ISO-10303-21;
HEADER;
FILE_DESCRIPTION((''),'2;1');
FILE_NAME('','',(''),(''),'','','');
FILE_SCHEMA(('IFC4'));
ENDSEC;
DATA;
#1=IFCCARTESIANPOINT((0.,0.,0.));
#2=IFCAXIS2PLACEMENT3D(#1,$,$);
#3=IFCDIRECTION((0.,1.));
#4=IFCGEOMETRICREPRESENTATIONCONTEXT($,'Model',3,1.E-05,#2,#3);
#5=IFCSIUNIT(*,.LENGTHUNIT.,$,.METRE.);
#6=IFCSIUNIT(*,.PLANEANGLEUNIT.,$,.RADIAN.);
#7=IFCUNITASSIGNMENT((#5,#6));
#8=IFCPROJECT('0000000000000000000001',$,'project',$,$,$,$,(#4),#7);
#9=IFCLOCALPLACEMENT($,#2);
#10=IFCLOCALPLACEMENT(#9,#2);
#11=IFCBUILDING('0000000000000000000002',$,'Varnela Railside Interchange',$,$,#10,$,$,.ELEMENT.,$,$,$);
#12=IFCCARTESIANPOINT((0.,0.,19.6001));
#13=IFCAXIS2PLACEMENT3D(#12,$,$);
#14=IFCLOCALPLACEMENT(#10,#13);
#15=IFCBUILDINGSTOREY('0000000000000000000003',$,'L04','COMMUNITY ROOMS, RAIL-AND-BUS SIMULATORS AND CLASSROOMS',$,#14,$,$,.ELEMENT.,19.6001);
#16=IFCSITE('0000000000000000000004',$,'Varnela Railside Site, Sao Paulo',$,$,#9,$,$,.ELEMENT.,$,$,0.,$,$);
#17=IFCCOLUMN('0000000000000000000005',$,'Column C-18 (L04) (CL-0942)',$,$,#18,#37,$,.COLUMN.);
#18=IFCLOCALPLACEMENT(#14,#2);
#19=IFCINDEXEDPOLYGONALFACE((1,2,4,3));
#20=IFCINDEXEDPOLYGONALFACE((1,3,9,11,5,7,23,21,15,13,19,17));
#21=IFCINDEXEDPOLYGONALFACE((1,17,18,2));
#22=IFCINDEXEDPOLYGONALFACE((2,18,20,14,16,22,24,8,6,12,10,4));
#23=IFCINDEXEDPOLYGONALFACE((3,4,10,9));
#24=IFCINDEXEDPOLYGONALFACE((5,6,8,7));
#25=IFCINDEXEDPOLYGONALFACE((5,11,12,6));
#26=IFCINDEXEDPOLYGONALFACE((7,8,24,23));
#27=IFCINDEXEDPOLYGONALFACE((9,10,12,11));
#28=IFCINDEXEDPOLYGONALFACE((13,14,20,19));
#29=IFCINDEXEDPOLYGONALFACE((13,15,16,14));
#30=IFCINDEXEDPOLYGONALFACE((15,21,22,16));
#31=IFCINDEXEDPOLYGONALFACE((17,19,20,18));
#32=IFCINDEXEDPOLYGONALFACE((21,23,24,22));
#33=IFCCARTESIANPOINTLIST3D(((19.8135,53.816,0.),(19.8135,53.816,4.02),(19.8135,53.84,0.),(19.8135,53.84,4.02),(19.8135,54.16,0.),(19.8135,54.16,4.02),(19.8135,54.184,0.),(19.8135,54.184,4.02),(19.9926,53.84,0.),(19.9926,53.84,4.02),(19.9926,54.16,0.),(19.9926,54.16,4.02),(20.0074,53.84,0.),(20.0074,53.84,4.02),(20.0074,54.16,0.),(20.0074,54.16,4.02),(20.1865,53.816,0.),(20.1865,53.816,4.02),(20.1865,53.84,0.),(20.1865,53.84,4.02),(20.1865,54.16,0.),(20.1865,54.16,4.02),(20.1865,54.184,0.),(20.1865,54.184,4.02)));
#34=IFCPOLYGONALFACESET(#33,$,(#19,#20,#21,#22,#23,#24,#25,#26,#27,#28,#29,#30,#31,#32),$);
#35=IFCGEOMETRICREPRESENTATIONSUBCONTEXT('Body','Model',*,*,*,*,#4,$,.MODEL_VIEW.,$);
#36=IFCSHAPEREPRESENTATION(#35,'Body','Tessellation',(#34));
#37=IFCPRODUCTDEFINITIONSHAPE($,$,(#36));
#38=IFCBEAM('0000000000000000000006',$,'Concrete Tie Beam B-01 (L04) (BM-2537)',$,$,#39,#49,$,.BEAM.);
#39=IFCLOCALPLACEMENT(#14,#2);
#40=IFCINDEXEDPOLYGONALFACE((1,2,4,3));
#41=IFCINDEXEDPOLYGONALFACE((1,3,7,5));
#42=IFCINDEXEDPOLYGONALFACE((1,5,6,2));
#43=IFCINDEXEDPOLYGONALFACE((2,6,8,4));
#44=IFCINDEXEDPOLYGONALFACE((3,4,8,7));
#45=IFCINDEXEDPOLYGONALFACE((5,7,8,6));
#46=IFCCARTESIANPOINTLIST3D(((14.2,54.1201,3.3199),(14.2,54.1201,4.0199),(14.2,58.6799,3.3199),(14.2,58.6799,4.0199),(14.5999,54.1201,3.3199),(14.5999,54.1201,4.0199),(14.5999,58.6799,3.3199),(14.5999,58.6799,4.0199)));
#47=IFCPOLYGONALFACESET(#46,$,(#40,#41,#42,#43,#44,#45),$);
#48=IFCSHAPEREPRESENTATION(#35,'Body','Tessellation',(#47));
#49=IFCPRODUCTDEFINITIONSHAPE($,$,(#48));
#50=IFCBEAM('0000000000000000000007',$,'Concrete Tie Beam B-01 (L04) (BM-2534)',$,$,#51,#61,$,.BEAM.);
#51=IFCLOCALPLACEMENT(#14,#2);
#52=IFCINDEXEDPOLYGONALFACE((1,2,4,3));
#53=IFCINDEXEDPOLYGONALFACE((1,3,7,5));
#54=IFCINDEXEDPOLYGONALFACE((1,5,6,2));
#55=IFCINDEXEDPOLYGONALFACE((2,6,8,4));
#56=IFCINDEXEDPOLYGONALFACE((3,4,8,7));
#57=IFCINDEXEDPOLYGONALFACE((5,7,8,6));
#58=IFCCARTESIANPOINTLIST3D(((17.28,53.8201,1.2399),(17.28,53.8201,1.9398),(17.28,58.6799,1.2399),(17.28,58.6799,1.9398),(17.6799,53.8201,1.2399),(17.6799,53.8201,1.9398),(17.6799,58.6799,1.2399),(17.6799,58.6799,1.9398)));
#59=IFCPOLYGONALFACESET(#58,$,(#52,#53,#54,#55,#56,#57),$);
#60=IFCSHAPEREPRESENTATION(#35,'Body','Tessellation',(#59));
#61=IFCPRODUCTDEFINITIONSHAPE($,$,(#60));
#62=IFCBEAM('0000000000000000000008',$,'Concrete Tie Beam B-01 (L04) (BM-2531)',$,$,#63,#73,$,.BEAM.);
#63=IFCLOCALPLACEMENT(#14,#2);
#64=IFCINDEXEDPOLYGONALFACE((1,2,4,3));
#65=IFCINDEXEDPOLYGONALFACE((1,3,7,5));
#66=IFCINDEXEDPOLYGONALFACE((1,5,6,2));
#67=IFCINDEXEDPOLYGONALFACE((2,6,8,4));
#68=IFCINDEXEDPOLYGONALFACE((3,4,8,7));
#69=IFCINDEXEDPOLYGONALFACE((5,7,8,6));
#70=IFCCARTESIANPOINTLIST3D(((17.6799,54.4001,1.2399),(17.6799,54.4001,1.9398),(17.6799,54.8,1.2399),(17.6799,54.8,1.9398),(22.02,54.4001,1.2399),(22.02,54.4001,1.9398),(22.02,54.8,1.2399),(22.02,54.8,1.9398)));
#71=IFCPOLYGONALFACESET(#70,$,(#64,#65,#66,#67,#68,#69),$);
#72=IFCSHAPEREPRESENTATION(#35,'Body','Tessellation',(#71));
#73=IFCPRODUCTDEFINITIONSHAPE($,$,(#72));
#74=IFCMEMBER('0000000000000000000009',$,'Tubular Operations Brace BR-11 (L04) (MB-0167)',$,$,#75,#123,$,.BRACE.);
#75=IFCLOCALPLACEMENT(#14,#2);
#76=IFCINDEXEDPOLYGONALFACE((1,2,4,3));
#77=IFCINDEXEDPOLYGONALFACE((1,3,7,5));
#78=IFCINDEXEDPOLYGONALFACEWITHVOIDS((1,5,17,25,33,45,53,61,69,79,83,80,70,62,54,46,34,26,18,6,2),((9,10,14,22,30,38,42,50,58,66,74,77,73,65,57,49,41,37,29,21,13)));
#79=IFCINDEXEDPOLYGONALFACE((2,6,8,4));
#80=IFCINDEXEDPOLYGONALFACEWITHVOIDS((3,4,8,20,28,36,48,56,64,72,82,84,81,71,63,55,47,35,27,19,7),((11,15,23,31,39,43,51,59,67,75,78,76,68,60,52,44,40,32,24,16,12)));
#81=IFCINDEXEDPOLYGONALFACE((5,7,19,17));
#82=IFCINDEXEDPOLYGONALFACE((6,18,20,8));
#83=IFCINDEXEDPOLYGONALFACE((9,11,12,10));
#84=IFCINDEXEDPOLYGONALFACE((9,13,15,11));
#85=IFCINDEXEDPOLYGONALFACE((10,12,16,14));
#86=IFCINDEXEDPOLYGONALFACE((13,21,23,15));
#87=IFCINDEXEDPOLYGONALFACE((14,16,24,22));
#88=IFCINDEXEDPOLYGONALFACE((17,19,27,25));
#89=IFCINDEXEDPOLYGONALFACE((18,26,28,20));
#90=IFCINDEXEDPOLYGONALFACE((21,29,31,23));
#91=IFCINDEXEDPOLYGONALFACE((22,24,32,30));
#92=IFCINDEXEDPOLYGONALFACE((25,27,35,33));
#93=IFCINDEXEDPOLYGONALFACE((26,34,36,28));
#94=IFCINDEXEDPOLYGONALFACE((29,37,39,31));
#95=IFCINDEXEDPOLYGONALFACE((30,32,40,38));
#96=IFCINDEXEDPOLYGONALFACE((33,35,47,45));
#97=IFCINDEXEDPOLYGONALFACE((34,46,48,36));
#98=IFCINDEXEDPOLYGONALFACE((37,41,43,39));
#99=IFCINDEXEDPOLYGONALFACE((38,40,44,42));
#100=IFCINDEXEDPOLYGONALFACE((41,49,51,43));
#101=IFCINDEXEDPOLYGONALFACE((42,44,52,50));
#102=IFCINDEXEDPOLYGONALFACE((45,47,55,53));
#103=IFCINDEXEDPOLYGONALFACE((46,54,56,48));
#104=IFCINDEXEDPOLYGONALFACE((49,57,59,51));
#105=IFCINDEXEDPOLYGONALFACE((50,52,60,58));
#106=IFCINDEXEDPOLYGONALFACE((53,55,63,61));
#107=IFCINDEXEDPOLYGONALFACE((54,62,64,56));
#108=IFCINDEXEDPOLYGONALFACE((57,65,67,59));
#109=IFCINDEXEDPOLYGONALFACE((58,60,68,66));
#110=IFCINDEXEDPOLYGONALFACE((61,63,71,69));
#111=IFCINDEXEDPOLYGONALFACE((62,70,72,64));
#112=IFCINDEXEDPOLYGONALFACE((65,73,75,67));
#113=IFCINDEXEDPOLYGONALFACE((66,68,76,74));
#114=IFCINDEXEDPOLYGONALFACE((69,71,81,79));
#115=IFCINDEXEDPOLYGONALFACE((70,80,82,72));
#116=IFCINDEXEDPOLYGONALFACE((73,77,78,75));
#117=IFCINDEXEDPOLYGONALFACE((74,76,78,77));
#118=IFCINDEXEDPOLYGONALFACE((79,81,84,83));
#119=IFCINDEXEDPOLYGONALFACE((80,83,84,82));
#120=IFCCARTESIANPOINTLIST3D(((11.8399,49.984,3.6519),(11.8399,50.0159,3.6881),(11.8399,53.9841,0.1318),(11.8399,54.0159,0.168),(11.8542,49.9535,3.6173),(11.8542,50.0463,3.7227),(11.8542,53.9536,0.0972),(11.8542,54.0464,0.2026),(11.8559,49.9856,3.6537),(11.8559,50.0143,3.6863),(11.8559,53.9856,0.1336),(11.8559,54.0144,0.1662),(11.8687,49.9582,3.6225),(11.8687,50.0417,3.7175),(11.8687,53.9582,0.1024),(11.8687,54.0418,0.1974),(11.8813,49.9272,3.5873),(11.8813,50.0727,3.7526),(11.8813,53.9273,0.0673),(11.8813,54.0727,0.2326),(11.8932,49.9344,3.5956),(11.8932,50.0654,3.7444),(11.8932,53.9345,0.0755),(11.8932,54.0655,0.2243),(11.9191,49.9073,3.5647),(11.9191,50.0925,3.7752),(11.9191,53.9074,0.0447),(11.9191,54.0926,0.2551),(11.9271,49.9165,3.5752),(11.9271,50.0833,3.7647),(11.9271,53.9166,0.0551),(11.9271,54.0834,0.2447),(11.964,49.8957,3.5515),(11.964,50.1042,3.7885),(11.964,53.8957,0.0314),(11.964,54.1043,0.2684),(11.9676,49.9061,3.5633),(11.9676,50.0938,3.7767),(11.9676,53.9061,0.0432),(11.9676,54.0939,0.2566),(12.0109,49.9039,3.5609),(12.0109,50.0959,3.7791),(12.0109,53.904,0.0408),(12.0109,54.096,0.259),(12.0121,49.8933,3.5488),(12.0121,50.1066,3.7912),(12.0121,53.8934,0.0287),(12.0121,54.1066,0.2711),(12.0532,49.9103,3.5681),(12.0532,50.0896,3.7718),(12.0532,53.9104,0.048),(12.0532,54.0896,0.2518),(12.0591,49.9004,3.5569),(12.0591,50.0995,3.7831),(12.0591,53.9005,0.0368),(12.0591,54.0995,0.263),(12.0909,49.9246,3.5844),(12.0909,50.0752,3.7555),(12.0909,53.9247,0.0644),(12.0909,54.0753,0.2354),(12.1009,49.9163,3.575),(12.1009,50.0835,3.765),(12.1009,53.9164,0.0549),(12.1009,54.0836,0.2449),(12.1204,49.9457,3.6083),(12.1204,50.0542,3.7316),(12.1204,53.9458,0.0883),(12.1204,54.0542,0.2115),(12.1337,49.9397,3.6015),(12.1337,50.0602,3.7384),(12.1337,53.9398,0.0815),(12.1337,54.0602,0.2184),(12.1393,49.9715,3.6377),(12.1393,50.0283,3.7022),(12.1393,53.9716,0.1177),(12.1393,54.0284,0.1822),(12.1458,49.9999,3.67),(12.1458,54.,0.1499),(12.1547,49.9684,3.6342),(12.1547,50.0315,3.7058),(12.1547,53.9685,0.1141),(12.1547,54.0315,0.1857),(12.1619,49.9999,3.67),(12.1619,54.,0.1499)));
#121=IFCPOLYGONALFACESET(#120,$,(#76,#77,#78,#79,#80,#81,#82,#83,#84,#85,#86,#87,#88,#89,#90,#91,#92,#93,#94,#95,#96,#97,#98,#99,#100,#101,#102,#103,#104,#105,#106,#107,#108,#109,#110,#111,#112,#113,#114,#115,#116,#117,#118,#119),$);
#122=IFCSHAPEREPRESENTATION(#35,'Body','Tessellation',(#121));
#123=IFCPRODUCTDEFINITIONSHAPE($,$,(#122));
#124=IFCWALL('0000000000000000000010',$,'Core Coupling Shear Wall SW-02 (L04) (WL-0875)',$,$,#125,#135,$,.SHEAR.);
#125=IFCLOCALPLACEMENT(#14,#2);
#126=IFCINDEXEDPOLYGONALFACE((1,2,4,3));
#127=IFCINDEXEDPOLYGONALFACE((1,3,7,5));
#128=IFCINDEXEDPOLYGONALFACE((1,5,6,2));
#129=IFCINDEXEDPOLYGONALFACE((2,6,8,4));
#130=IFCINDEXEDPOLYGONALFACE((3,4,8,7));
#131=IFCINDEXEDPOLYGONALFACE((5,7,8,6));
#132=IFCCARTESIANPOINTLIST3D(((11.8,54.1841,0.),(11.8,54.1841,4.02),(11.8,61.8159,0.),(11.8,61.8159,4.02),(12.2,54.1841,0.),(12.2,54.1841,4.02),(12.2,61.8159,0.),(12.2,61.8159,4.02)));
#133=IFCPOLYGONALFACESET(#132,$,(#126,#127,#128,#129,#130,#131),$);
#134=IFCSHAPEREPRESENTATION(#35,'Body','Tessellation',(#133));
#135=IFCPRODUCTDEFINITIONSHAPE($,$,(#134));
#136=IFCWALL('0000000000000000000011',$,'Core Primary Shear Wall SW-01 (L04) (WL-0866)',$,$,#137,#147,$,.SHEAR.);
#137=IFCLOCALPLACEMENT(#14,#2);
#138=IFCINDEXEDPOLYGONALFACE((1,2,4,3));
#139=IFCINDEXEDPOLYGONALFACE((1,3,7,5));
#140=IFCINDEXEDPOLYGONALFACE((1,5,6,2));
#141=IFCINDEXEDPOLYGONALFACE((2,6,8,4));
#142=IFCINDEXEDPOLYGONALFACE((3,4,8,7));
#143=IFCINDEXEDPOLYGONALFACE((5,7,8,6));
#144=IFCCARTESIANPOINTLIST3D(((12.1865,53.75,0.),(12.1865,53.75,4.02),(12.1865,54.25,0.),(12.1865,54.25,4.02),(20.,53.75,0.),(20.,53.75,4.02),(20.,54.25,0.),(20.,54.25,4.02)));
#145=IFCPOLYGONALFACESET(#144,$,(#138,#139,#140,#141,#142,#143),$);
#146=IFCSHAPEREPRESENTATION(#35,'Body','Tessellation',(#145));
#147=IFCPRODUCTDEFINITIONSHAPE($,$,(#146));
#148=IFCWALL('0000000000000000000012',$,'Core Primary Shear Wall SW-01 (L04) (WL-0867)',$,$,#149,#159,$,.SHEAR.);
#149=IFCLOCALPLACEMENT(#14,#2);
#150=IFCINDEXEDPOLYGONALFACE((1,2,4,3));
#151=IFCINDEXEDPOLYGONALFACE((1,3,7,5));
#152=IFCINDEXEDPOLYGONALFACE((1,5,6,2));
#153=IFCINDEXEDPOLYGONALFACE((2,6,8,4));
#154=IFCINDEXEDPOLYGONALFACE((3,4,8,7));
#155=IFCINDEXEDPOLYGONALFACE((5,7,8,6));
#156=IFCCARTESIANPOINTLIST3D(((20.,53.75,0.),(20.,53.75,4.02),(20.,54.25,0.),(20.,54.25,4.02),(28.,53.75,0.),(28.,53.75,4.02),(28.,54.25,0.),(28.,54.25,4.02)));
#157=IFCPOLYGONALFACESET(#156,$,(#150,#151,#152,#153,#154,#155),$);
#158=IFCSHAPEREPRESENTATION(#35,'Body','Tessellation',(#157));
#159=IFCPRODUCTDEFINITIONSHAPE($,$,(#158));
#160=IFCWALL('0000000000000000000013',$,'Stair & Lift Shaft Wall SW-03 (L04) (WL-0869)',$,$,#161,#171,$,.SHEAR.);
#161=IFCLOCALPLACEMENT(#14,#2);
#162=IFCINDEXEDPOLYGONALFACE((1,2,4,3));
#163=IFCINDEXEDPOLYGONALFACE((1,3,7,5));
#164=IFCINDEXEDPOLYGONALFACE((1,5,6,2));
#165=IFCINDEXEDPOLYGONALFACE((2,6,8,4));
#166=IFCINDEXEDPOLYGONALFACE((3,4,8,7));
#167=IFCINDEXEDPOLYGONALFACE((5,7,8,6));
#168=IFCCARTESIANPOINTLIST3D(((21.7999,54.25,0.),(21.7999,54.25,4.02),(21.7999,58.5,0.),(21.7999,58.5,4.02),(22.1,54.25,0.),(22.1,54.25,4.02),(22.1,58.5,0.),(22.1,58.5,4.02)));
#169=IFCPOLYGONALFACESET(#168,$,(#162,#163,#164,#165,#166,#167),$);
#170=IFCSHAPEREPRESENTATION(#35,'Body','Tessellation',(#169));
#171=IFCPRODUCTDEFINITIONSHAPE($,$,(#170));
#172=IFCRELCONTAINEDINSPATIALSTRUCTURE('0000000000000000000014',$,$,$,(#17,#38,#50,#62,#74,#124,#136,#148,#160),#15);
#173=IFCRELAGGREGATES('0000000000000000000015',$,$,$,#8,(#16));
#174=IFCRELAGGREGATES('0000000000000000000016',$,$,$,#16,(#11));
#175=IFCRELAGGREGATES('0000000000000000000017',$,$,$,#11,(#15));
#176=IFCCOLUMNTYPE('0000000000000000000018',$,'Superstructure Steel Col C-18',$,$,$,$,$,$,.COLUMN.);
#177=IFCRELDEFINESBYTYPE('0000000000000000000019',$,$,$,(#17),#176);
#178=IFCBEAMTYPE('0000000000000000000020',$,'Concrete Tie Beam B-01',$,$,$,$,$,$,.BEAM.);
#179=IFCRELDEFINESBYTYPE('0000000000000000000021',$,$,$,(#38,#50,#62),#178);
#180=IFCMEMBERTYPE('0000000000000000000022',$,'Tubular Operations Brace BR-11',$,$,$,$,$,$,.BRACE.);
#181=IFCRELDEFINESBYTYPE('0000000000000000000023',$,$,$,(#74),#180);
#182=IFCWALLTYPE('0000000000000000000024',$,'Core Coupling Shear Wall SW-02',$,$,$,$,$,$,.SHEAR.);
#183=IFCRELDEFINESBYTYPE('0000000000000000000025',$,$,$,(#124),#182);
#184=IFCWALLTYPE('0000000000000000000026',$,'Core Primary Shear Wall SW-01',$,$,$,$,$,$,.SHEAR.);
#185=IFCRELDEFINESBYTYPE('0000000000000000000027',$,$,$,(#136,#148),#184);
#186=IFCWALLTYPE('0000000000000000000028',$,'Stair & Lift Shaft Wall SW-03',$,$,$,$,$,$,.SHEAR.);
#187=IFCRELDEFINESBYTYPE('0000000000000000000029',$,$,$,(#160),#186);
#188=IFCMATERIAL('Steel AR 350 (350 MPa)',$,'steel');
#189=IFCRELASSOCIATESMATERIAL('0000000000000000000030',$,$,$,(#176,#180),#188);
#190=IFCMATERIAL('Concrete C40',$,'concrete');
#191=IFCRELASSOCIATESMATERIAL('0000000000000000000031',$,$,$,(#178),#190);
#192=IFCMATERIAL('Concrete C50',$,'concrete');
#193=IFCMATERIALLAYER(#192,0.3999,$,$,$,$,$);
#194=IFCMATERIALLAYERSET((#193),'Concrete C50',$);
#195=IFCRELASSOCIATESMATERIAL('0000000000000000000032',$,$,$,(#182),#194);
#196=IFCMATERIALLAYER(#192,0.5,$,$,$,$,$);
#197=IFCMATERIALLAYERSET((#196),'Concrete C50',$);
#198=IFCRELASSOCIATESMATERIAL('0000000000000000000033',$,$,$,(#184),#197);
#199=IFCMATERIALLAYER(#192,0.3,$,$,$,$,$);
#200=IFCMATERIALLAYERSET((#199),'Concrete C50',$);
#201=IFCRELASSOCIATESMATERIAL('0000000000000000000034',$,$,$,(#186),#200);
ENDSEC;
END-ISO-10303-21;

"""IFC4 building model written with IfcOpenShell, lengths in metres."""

from ifc_helpers import new_model, si_unit, direction, frame, frame_2d, origin, origin_2d, place, context, subcontext, project, spatial, rectangle, hollow_circle, i_section, extrude, material, layer, layer_set, material_profile, profile_set, type_object, element, save


model = new_model("IFC4")

# Units and contexts
model_context = context("Model", 3, precision=1e-05, world=origin(), true_north=direction((0.0, 1.0)))
body_context = subcontext(model_context, "Body", "Model", "MODEL_VIEW")
ifc_project = project(units=[si_unit("LENGTHUNIT", "METRE"), si_unit("PLANEANGLEUNIT", "RADIAN")], contexts=[model_context])

# Site, building, storey
site_placement = place(None, origin())
site = spatial("IfcSite", under=ifc_project, at=site_placement, Name="Varnela Railside Site, Sao Paulo", CompositionType="ELEMENT", RefElevation=0.0)
building_placement = place(site_placement, origin())
building = spatial("IfcBuilding", under=site, at=building_placement, Name="Varnela Railside Interchange", CompositionType="ELEMENT")
storey_placement = place(building_placement, frame((0.0, 0.0, 19.6001)))
storey = spatial("IfcBuildingStorey", under=building, at=storey_placement, Name="L04", Description="COMMUNITY ROOMS, RAIL-AND-BUS SIMULATORS AND CLASSROOMS", CompositionType="ELEMENT", Elevation=19.6001)

# Column
ifc_material_1 = material(Name="Steel AR 350 (350 MPa)", Category="steel")
ifc_material_profile_1 = material_profile(ifc_material_1, i_section(OverallWidth=0.373, OverallDepth=0.3679, WebThickness=0.0149, FlangeThickness=0.0239, at=origin_2d()), Name="W360x179")
ifc_profile_set_1 = profile_set([ifc_material_profile_1], Name="Steel AR 350 (350 MPa)")
column_type = type_object("IfcColumnType", Name="Superstructure Steel Col C-18", PredefinedType="COLUMN", material=ifc_profile_set_1)
column_placement = place(storey_placement, frame((20.0, 54.0, 0.0), z_axis=(0.0, 0.0, 1.0), x_axis=(1.0, 0.0, 0.0)))
element("IfcColumn", 1, at=column_placement, inside=storey, type_object=column_type, Name="Column C-18 (L04) (CL-0942)", PredefinedType="COLUMN", context=body_context, shape_type="SweptSolid", body=[
    extrude(i_section(OverallWidth=0.373, OverallDepth=0.3679, WebThickness=0.0149, FlangeThickness=0.0239, at=origin_2d()), origin(), (0.0, 0.0, 1.0), 4.02),
])

# Beams
ifc_material_2 = material(Name="Concrete C40", Category="concrete")
ifc_material_profile_2 = material_profile(ifc_material_2, rectangle(XDim=0.3999, YDim=0.7, at=origin_2d()), Name="RC 400x700")
ifc_profile_set_2 = profile_set([ifc_material_profile_2], Name="Concrete C40")
beam_type = type_object("IfcBeamType", Name="Concrete Tie Beam B-01", PredefinedType="BEAM", material=ifc_profile_set_2)
beam_1_placement = place(storey_placement, frame((14.3999, 54.1201, 3.6699), z_axis=(0.0, 1.0, 0.0), x_axis=(-1.0, 0.0, 0.0)))
element("IfcBeam", 2, at=beam_1_placement, inside=storey, type_object=beam_type, Name="Concrete Tie Beam B-01 (L04) (BM-2537)", PredefinedType="BEAM", context=body_context, shape_type="SweptSolid", body=[
    extrude(rectangle(XDim=0.3999, YDim=0.7, at=origin_2d()), origin(), (0.0, 0.0, 1.0), 4.5598),
])
beam_2_placement = place(storey_placement, frame((17.48, 53.8201, 1.5898), z_axis=(0.0, 1.0, 0.0), x_axis=(-1.0, 0.0, 0.0)))
element("IfcBeam", 3, at=beam_2_placement, inside=storey, type_object=beam_type, Name="Concrete Tie Beam B-01 (L04) (BM-2534)", PredefinedType="BEAM", context=body_context, shape_type="SweptSolid", body=[
    extrude(rectangle(XDim=0.3999, YDim=0.7, at=origin_2d()), origin(), (0.0, 0.0, 1.0), 4.8599),
])
beam_3_placement = place(storey_placement, frame((17.6799, 54.6001, 1.5898), z_axis=(1.0, 0.0, 0.0), x_axis=(0.0, 1.0, 0.0)))
element("IfcBeam", 4, at=beam_3_placement, inside=storey, type_object=beam_type, Name="Concrete Tie Beam B-01 (L04) (BM-2531)", PredefinedType="BEAM", context=body_context, shape_type="SweptSolid", body=[
    extrude(rectangle(XDim=0.3999, YDim=0.7, at=origin_2d()), origin(), (0.0, 0.0, 1.0), 4.3401),
])

# Member
ifc_material_profile_3 = material_profile(ifc_material_1, hollow_circle(Radius=0.1619, WallThickness=0.0161, at=origin_2d()), Name="CHS 323.9x16")
ifc_profile_set_3 = profile_set([ifc_material_profile_3], Name="Steel AR 350 (350 MPa)")
member_type = type_object("IfcMemberType", Name="Tubular Operations Brace BR-11", PredefinedType="BRACE", material=ifc_profile_set_3)
member_placement = place(storey_placement, frame((12.0, 54.0, 0.1499), z_axis=(0.0, -0.750712, 0.66063), x_axis=(1.0, 0.0, 0.0)))
element("IfcMember", 5, at=member_placement, inside=storey, type_object=member_type, Name="Tubular Operations Brace BR-11 (L04) (MB-0167)", PredefinedType="BRACE", context=body_context, shape_type="SweptSolid", body=[
    extrude(hollow_circle(Radius=0.1619, WallThickness=0.0161, at=origin_2d()), origin(), (0.0, 0.0, 1.0), 5.3284),
])

# Walls
ifc_material_3 = material(Name="Concrete C50", Category="concrete")
ifc_layer_1 = layer(ifc_material_3, 0.3999)
ifc_layer_set_1 = layer_set([ifc_layer_1], Name="Concrete C50")
wall_type_1 = type_object("IfcWallType", Name="Core Coupling Shear Wall SW-02", PredefinedType="SHEAR", material=ifc_layer_set_1)
wall_1_placement = place(storey_placement, frame((12.0, 54.1841, 0.0), z_axis=(0.0, 0.0, 1.0), x_axis=(0.0, 1.0, 0.0)))
element("IfcWall", 6, at=wall_1_placement, inside=storey, type_object=wall_type_1, Name="Core Coupling Shear Wall SW-02 (L04) (WL-0875)", PredefinedType="SHEAR", context=body_context, shape_type="SweptSolid", body=[
    extrude(rectangle(XDim=7.6318, YDim=0.3999, at=frame_2d((3.8159, 0.0))), origin(), (0.0, 0.0, 1.0), 4.02),
])
ifc_layer_2 = layer(ifc_material_3, 0.5)
ifc_layer_set_2 = layer_set([ifc_layer_2], Name="Concrete C50")
wall_type_2 = type_object("IfcWallType", Name="Core Primary Shear Wall SW-01", PredefinedType="SHEAR", material=ifc_layer_set_2)
wall_2_placement = place(storey_placement, frame((12.1865, 54.0, 0.0), z_axis=(0.0, 0.0, 1.0), x_axis=(1.0, 0.0, 0.0)))
element("IfcWall", 7, at=wall_2_placement, inside=storey, type_object=wall_type_2, Name="Core Primary Shear Wall SW-01 (L04) (WL-0866)", PredefinedType="SHEAR", context=body_context, shape_type="SweptSolid", body=[
    extrude(rectangle(XDim=7.8135, YDim=0.5, at=frame_2d((3.9067, 0.0))), origin(), (0.0, 0.0, 1.0), 4.02),
])
wall_3_placement = place(storey_placement, frame((20.0, 54.0, 0.0), z_axis=(0.0, 0.0, 1.0), x_axis=(1.0, 0.0, 0.0)))
element("IfcWall", 8, at=wall_3_placement, inside=storey, type_object=wall_type_2, Name="Core Primary Shear Wall SW-01 (L04) (WL-0867)", PredefinedType="SHEAR", context=body_context, shape_type="SweptSolid", body=[
    extrude(rectangle(XDim=8.0, YDim=0.5, at=frame_2d((4.0, 0.0))), origin(), (0.0, 0.0, 1.0), 4.02),
])
ifc_layer_3 = layer(ifc_material_3, 0.3)
ifc_layer_set_3 = layer_set([ifc_layer_3], Name="Concrete C50")
wall_type_3 = type_object("IfcWallType", Name="Stair & Lift Shaft Wall SW-03", PredefinedType="SHEAR", material=ifc_layer_set_3)
wall_4_placement = place(storey_placement, frame((21.95, 54.25, 0.0), z_axis=(0.0, 0.0, 1.0), x_axis=(0.0, 1.0, 0.0)))
element("IfcWall", 9, at=wall_4_placement, inside=storey, type_object=wall_type_3, Name="Stair & Lift Shaft Wall SW-03 (L04) (WL-0869)", PredefinedType="SHEAR", context=body_context, shape_type="SweptSolid", body=[
    extrude(rectangle(XDim=4.25, YDim=0.3, at=frame_2d((2.125, 0.0))), origin(), (0.0, 0.0, 1.0), 4.02),
])

save(model, "model.ifc")
